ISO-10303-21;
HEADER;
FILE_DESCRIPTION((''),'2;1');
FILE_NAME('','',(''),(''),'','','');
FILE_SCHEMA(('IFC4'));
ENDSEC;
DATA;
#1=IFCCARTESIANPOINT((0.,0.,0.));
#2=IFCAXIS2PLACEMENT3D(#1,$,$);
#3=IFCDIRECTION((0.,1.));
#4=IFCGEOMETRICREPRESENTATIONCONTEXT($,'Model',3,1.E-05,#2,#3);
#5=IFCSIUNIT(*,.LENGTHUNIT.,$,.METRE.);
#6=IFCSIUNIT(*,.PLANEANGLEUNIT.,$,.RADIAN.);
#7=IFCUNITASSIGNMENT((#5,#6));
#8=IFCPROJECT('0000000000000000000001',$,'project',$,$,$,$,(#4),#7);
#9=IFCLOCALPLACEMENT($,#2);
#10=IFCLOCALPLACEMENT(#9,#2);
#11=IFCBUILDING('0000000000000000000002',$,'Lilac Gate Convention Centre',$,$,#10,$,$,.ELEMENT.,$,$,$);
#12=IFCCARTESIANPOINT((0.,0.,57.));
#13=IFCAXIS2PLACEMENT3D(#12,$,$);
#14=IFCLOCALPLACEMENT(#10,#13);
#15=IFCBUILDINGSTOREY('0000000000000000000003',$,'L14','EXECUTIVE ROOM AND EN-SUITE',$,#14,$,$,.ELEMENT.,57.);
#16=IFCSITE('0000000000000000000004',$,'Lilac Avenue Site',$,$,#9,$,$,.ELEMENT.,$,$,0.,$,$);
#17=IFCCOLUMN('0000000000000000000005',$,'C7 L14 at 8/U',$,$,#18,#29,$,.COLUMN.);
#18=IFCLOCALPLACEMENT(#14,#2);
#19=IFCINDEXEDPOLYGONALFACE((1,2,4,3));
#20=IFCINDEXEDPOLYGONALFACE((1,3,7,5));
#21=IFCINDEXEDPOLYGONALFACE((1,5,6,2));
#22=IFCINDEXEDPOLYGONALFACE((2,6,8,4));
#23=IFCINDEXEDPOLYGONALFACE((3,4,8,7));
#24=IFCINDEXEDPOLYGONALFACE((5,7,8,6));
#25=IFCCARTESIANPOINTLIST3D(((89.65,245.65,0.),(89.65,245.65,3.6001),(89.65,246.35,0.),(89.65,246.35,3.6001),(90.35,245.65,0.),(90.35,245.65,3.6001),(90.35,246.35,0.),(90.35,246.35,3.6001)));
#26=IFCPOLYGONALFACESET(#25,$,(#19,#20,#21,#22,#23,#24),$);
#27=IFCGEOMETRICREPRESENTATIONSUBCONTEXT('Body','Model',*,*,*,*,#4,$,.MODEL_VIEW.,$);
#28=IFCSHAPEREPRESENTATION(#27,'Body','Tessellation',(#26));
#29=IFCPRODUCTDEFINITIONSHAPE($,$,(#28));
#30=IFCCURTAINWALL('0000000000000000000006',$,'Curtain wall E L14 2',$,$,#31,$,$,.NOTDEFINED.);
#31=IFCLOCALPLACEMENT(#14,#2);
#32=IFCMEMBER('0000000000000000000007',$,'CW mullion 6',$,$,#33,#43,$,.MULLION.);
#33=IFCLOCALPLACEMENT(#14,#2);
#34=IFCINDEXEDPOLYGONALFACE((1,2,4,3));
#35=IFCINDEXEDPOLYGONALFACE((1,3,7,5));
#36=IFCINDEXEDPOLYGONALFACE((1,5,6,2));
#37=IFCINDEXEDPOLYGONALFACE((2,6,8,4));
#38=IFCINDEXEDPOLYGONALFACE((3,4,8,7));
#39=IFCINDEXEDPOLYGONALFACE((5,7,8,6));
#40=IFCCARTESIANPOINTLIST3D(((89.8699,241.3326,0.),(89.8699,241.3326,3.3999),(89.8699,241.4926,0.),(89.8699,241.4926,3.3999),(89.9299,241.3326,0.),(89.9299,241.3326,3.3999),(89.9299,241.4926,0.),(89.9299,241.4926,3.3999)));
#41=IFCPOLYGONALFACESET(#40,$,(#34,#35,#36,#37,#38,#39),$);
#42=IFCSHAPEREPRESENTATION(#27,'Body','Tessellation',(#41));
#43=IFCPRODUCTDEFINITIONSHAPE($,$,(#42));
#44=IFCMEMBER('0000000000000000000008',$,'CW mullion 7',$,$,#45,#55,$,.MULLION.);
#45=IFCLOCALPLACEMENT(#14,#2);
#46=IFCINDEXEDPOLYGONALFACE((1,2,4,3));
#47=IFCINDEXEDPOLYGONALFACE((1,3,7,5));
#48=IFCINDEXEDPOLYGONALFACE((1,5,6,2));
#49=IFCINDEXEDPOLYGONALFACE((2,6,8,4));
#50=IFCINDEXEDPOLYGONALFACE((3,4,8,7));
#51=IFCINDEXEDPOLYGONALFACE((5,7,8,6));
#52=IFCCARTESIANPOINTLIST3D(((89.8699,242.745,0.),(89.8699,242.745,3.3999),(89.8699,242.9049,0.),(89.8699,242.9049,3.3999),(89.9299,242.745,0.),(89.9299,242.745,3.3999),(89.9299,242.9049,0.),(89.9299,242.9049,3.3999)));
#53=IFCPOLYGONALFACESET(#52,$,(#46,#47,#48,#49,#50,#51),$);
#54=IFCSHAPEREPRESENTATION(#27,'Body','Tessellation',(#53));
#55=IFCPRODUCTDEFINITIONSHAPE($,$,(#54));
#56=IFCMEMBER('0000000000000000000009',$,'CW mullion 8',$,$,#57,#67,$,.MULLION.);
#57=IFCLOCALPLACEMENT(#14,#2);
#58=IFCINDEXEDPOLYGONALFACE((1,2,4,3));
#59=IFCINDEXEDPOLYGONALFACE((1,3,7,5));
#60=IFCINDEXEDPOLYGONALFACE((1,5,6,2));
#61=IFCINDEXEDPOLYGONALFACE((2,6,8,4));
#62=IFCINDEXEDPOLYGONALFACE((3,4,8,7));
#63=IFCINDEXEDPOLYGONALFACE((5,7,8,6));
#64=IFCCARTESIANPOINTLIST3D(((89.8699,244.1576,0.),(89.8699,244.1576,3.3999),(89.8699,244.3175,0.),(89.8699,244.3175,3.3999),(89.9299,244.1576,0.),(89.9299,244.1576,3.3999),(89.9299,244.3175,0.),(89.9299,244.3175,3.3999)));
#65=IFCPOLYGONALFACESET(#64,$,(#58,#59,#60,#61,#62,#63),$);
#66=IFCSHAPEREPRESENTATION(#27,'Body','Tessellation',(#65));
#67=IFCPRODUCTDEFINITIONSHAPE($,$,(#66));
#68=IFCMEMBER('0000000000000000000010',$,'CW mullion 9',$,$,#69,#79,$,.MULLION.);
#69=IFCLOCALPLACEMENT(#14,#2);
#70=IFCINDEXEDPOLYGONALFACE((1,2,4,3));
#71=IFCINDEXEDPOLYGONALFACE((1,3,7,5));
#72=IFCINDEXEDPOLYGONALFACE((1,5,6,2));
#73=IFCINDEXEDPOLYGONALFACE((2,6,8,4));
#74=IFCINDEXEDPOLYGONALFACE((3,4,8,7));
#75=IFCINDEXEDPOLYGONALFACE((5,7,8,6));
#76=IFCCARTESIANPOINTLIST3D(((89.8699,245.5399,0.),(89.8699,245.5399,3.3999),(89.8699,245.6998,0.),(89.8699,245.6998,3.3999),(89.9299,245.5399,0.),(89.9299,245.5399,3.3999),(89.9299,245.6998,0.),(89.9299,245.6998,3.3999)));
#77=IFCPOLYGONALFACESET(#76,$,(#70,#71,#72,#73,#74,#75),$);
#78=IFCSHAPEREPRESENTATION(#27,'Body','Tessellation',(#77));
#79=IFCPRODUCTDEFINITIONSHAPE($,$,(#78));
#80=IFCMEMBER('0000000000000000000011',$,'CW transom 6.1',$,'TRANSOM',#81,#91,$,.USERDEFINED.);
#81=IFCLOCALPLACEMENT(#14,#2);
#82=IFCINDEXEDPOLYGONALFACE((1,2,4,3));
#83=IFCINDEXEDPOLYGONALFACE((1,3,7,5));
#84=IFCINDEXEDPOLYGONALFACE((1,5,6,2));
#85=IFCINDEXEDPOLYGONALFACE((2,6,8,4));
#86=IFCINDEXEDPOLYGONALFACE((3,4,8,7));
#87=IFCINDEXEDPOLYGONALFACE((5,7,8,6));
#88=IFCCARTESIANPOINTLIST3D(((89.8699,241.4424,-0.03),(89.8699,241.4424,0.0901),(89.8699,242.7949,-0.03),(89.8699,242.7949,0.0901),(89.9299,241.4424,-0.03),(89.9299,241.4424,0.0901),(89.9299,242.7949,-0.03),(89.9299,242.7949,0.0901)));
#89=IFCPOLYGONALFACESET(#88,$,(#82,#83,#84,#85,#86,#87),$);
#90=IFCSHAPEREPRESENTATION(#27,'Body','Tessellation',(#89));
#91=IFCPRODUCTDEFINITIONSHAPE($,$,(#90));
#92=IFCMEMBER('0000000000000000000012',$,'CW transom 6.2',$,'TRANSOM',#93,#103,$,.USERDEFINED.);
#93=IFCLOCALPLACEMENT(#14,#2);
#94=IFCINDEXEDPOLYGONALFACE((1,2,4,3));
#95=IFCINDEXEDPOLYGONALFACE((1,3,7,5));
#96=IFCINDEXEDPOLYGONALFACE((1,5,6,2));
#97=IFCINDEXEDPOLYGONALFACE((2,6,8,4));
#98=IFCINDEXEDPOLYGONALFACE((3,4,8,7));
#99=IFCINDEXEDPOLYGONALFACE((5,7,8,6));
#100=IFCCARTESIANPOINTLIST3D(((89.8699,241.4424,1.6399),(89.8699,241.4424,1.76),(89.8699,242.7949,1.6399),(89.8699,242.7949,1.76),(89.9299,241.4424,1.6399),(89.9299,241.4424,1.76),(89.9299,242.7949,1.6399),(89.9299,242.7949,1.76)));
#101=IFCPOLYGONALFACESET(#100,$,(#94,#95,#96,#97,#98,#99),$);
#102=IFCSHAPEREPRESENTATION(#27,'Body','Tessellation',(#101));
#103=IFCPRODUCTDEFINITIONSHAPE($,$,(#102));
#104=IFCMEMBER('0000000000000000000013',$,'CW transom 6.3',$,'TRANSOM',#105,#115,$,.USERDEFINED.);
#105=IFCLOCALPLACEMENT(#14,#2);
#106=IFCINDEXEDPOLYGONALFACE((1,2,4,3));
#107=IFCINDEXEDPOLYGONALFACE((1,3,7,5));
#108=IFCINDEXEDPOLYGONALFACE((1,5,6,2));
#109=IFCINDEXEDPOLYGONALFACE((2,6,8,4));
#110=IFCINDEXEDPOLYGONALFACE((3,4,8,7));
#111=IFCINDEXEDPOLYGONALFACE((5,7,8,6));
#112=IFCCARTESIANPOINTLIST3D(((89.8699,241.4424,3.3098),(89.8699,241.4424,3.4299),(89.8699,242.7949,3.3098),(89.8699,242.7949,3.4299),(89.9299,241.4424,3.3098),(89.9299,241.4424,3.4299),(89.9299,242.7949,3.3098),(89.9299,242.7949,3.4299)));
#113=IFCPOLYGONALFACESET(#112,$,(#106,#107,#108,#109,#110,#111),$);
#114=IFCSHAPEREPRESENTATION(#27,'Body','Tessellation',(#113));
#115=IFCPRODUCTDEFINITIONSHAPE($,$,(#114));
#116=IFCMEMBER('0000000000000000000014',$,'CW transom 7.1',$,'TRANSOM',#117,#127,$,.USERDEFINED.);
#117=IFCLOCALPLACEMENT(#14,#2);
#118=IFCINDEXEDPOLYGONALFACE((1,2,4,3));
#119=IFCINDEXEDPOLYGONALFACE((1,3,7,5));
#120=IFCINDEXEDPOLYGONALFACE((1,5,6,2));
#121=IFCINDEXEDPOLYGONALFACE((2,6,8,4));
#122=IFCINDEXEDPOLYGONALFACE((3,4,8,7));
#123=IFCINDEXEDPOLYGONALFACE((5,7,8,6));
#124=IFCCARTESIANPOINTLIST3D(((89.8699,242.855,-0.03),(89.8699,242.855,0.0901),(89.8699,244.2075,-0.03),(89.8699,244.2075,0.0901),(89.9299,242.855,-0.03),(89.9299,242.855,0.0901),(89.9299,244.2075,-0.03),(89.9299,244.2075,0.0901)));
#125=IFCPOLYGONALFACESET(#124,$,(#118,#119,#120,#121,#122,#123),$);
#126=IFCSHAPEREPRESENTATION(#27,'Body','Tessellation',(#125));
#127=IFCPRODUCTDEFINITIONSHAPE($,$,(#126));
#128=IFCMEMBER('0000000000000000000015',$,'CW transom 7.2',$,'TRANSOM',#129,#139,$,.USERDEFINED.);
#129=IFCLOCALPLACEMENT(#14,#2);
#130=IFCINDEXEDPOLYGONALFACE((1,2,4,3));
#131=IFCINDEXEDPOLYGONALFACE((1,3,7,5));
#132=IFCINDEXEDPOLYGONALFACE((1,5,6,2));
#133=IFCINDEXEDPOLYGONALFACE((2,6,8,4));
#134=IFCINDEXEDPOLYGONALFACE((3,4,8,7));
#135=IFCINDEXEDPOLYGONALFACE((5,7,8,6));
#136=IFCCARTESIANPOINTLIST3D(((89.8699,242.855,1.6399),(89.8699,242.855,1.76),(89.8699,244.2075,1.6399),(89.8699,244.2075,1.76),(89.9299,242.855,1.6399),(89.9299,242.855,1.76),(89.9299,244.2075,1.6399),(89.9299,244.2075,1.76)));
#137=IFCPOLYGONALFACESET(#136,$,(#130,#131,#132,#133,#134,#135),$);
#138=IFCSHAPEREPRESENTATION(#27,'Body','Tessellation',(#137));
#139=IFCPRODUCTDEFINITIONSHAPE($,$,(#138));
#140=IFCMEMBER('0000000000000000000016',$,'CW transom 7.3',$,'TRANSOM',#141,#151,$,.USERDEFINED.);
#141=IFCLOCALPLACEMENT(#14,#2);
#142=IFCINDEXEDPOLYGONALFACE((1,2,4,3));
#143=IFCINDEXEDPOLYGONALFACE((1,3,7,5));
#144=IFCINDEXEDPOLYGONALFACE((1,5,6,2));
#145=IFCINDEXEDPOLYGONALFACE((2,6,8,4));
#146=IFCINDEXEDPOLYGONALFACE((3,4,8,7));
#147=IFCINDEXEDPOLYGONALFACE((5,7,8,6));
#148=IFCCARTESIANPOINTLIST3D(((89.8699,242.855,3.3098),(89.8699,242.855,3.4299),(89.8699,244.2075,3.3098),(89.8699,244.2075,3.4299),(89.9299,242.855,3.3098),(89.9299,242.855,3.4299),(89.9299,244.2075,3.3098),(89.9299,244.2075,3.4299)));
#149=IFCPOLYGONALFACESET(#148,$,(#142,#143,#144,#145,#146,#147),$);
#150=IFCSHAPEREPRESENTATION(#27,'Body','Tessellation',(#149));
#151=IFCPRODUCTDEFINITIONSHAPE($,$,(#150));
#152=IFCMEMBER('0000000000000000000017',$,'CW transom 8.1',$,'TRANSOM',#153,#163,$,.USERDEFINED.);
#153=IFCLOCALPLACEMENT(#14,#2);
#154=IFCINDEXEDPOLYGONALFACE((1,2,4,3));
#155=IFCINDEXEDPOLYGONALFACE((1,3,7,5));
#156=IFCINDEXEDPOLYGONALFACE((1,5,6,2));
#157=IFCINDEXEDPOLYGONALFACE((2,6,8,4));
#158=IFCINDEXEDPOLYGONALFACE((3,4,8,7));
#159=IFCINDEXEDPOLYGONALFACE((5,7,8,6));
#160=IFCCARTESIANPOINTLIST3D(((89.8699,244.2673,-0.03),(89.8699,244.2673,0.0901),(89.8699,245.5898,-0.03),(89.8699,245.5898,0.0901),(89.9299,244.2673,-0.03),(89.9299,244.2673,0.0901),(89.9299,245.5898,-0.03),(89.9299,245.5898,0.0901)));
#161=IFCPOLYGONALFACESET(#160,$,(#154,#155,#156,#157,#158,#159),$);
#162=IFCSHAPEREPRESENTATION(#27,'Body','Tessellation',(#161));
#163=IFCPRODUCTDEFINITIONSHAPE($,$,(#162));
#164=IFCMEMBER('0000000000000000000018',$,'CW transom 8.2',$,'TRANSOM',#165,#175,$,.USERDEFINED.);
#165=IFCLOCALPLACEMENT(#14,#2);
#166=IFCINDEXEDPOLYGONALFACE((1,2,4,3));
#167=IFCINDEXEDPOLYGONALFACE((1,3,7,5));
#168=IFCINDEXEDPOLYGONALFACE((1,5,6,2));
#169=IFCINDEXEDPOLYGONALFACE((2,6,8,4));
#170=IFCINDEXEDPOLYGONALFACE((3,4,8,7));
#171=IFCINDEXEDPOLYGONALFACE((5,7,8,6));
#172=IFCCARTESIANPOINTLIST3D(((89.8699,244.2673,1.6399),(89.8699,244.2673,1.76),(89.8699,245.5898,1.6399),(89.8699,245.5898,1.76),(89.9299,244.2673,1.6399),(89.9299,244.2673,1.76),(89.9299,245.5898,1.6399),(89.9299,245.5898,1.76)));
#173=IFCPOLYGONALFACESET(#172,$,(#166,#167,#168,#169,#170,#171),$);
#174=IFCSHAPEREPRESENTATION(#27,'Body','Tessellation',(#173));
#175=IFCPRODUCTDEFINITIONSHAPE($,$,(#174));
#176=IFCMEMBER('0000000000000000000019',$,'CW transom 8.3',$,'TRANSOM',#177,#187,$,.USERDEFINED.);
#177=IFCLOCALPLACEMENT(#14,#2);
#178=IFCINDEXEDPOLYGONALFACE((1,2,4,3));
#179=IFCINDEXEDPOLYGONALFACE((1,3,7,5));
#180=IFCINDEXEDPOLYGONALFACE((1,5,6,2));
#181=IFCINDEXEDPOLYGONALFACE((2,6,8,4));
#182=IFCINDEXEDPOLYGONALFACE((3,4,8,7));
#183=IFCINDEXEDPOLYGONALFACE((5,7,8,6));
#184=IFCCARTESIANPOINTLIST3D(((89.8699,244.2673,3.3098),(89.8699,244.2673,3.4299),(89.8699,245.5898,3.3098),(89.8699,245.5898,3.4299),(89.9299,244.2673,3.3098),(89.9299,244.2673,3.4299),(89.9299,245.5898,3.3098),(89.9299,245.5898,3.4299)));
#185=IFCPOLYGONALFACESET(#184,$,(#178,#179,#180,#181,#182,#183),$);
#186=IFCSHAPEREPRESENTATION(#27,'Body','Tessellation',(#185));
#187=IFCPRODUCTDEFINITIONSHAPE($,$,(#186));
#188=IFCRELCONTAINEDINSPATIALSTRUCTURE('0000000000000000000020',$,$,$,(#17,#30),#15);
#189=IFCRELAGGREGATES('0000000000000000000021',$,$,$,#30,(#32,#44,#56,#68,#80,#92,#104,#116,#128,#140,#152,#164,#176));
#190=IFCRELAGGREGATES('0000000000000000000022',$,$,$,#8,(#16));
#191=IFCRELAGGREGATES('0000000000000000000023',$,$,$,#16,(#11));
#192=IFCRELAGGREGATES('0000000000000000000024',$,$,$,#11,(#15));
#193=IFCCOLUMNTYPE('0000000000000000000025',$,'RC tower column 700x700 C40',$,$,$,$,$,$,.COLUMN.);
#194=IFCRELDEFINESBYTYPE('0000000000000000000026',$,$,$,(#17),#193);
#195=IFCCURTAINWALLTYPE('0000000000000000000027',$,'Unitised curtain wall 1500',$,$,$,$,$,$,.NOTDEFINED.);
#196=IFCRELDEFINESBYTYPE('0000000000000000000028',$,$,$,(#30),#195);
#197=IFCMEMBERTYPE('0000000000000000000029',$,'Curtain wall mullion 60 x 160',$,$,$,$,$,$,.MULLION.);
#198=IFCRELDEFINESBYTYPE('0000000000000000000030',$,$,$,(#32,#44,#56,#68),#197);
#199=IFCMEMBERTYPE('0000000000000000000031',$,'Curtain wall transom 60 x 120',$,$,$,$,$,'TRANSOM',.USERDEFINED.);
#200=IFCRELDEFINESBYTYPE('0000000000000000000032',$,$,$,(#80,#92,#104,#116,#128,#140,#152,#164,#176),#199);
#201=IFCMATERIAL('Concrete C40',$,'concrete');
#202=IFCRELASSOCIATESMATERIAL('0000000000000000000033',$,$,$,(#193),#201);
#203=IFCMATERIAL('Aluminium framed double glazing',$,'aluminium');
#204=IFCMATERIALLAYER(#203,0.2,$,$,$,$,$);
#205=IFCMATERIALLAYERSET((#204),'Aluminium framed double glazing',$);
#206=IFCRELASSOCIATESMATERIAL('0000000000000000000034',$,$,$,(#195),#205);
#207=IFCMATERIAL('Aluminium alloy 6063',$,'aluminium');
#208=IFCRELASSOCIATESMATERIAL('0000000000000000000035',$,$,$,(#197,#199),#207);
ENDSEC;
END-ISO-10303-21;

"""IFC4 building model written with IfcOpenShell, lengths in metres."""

from ifc_helpers import new_model, si_unit, direction, frame, origin, origin_2d, place, context, subcontext, project, spatial, rectangle, extrude, material, layer, layer_set, material_profile, profile_set, type_object, element, aggregate, save


model = new_model("IFC4")

# Units and contexts
model_context = context("Model", 3, precision=1e-05, world=origin(), true_north=direction((0.0, 1.0)))
body_context = subcontext(model_context, "Body", "Model", "MODEL_VIEW")
ifc_project = project(units=[si_unit("LENGTHUNIT", "METRE"), si_unit("PLANEANGLEUNIT", "RADIAN")], contexts=[model_context])

# Site, building, storey
site_placement = place(None, origin())
site = spatial("IfcSite", under=ifc_project, at=site_placement, Name="Lilac Avenue Site", CompositionType="ELEMENT", RefElevation=0.0)
building_placement = place(site_placement, origin())
building = spatial("IfcBuilding", under=site, at=building_placement, Name="Lilac Gate Convention Centre", CompositionType="ELEMENT")
storey_placement = place(building_placement, frame((0.0, 0.0, 57.0)))
storey = spatial("IfcBuildingStorey", under=building, at=storey_placement, Name="L14", Description="EXECUTIVE ROOM AND EN-SUITE", CompositionType="ELEMENT", Elevation=57.0)

# Column
ifc_material_1 = material(Name="Concrete C40", Category="concrete")
ifc_material_profile_1 = material_profile(ifc_material_1, rectangle(XDim=0.7, YDim=0.7, at=origin_2d()), Name="RC 700x700")
ifc_profile_set_1 = profile_set([ifc_material_profile_1], Name="Concrete C40")
column_type = type_object("IfcColumnType", Name="RC tower column 700x700 C40", PredefinedType="COLUMN", material=ifc_profile_set_1)
column_placement = place(storey_placement, frame((90.0, 246.0, 0.0), z_axis=(0.0, 0.0, 1.0), x_axis=(1.0, 0.0, 0.0)))
element("IfcColumn", 1, at=column_placement, inside=storey, type_object=column_type, Name="C7 L14 at 8/U", PredefinedType="COLUMN", context=body_context, shape_type="SweptSolid", body=[
    extrude(rectangle(XDim=0.7, YDim=0.7, at=origin_2d()), origin(), (0.0, 0.0, 1.0), 3.6001),
])

# Curtain wall, members
ifc_material_2 = material(Name="Aluminium framed double glazing", Category="aluminium")
ifc_layer_1 = layer(ifc_material_2, 0.2)
ifc_layer_set_1 = layer_set([ifc_layer_1], Name="Aluminium framed double glazing")
curtain_wall_type = type_object("IfcCurtainWallType", Name="Unitised curtain wall 1500", PredefinedType="NOTDEFINED", material=ifc_layer_set_1)
curtain_wall_placement = place(storey_placement, origin())
curtain_wall = element("IfcCurtainWall", 2, at=curtain_wall_placement, inside=storey, type_object=curtain_wall_type, Name="Curtain wall E L14 2", PredefinedType="NOTDEFINED")
ifc_material_3 = material(Name="Aluminium alloy 6063", Category="aluminium")
ifc_material_profile_2 = material_profile(ifc_material_3, rectangle(XDim=0.0601, YDim=0.1599, at=origin_2d()), Name="Curtain wall mullion 60 x 160")
ifc_profile_set_2 = profile_set([ifc_material_profile_2], Name="Aluminium alloy 6063")
member_type_1 = type_object("IfcMemberType", Name="Curtain wall mullion 60 x 160", PredefinedType="MULLION", material=ifc_profile_set_2)
member_1_placement = place(storey_placement, frame((89.8999, 241.4126, 0.0), z_axis=(0.0, 0.0, 1.0), x_axis=(-1.0, 0.0, 0.0)))
member_1 = element("IfcMember", 3, at=member_1_placement, type_object=member_type_1, Name="CW mullion 6", PredefinedType="MULLION", context=body_context, shape_type="SweptSolid", body=[
    extrude(rectangle(XDim=0.0601, YDim=0.1599, at=origin_2d()), origin(), (0.0, 0.0, 1.0), 3.3999),
])
member_2_placement = place(storey_placement, frame((89.8999, 242.825, 0.0), z_axis=(0.0, 0.0, 1.0), x_axis=(-1.0, 0.0, 0.0)))
member_2 = element("IfcMember", 4, at=member_2_placement, type_object=member_type_1, Name="CW mullion 7", PredefinedType="MULLION", context=body_context, shape_type="SweptSolid", body=[
    extrude(rectangle(XDim=0.0601, YDim=0.1599, at=origin_2d()), origin(), (0.0, 0.0, 1.0), 3.3999),
])
member_3_placement = place(storey_placement, frame((89.8999, 244.2375, 0.0), z_axis=(0.0, 0.0, 1.0), x_axis=(-1.0, 0.0, 0.0)))
member_3 = element("IfcMember", 5, at=member_3_placement, type_object=member_type_1, Name="CW mullion 8", PredefinedType="MULLION", context=body_context, shape_type="SweptSolid", body=[
    extrude(rectangle(XDim=0.0601, YDim=0.1599, at=origin_2d()), origin(), (0.0, 0.0, 1.0), 3.3999),
])
member_4_placement = place(storey_placement, frame((89.8999, 245.6199, 0.0), z_axis=(0.0, 0.0, 1.0), x_axis=(-1.0, 0.0, 0.0)))
member_4 = element("IfcMember", 6, at=member_4_placement, type_object=member_type_1, Name="CW mullion 9", PredefinedType="MULLION", context=body_context, shape_type="SweptSolid", body=[
    extrude(rectangle(XDim=0.0601, YDim=0.1599, at=origin_2d()), origin(), (0.0, 0.0, 1.0), 3.3999),
])
ifc_material_profile_3 = material_profile(ifc_material_3, rectangle(XDim=0.0601, YDim=0.1201, at=origin_2d()), Name="Curtain wall transom 60 x 120")
ifc_profile_set_3 = profile_set([ifc_material_profile_3], Name="Aluminium alloy 6063")
member_type_2 = type_object("IfcMemberType", Name="Curtain wall transom 60 x 120", ElementType="TRANSOM", PredefinedType="USERDEFINED", material=ifc_profile_set_3)
member_5_placement = place(storey_placement, frame((89.8999, 241.4424, 0.03), z_axis=(0.0, 1.0, 0.0), x_axis=(-1.0, 0.0, 0.0)))
member_5 = element("IfcMember", 7, at=member_5_placement, type_object=member_type_2, Name="CW transom 6.1", ObjectType="TRANSOM", PredefinedType="USERDEFINED", context=body_context, shape_type="SweptSolid", body=[
    extrude(rectangle(XDim=0.0601, YDim=0.1201, at=origin_2d()), origin(), (0.0, 0.0, 1.0), 1.3525),
])
member_6_placement = place(storey_placement, frame((89.8999, 241.4424, 1.7), z_axis=(0.0, 1.0, 0.0), x_axis=(-1.0, 0.0, 0.0)))
member_6 = element("IfcMember", 8, at=member_6_placement, type_object=member_type_2, Name="CW transom 6.2", ObjectType="TRANSOM", PredefinedType="USERDEFINED", context=body_context, shape_type="SweptSolid", body=[
    extrude(rectangle(XDim=0.0601, YDim=0.1201, at=origin_2d()), origin(), (0.0, 0.0, 1.0), 1.3525),
])
member_7_placement = place(storey_placement, frame((89.8999, 241.4424, 3.3699), z_axis=(0.0, 1.0, 0.0), x_axis=(-1.0, 0.0, 0.0)))
member_7 = element("IfcMember", 9, at=member_7_placement, type_object=member_type_2, Name="CW transom 6.3", ObjectType="TRANSOM", PredefinedType="USERDEFINED", context=body_context, shape_type="SweptSolid", body=[
    extrude(rectangle(XDim=0.0601, YDim=0.1201, at=origin_2d()), origin(), (0.0, 0.0, 1.0), 1.3525),
])
member_8_placement = place(storey_placement, frame((89.8999, 242.855, 0.03), z_axis=(0.0, 1.0, 0.0), x_axis=(-1.0, 0.0, 0.0)))
member_8 = element("IfcMember", 10, at=member_8_placement, type_object=member_type_2, Name="CW transom 7.1", ObjectType="TRANSOM", PredefinedType="USERDEFINED", context=body_context, shape_type="SweptSolid", body=[
    extrude(rectangle(XDim=0.0601, YDim=0.1201, at=origin_2d()), origin(), (0.0, 0.0, 1.0), 1.3525),
])
member_9_placement = place(storey_placement, frame((89.8999, 242.855, 1.7), z_axis=(0.0, 1.0, 0.0), x_axis=(-1.0, 0.0, 0.0)))
member_9 = element("IfcMember", 11, at=member_9_placement, type_object=member_type_2, Name="CW transom 7.2", ObjectType="TRANSOM", PredefinedType="USERDEFINED", context=body_context, shape_type="SweptSolid", body=[
    extrude(rectangle(XDim=0.0601, YDim=0.1201, at=origin_2d()), origin(), (0.0, 0.0, 1.0), 1.3525),
])
member_10_placement = place(storey_placement, frame((89.8999, 242.855, 3.3699), z_axis=(0.0, 1.0, 0.0), x_axis=(-1.0, 0.0, 0.0)))
member_10 = element("IfcMember", 12, at=member_10_placement, type_object=member_type_2, Name="CW transom 7.3", ObjectType="TRANSOM", PredefinedType="USERDEFINED", context=body_context, shape_type="SweptSolid", body=[
    extrude(rectangle(XDim=0.0601, YDim=0.1201, at=origin_2d()), origin(), (0.0, 0.0, 1.0), 1.3525),
])
member_11_placement = place(storey_placement, frame((89.8999, 244.2673, 0.03), z_axis=(0.0, 1.0, 0.0), x_axis=(-1.0, 0.0, 0.0)))
member_11 = element("IfcMember", 13, at=member_11_placement, type_object=member_type_2, Name="CW transom 8.1", ObjectType="TRANSOM", PredefinedType="USERDEFINED", context=body_context, shape_type="SweptSolid", body=[
    extrude(rectangle(XDim=0.0601, YDim=0.1201, at=origin_2d()), origin(), (0.0, 0.0, 1.0), 1.3225),
])
member_12_placement = place(storey_placement, frame((89.8999, 244.2673, 1.7), z_axis=(0.0, 1.0, 0.0), x_axis=(-1.0, 0.0, 0.0)))
member_12 = element("IfcMember", 14, at=member_12_placement, type_object=member_type_2, Name="CW transom 8.2", ObjectType="TRANSOM", PredefinedType="USERDEFINED", context=body_context, shape_type="SweptSolid", body=[
    extrude(rectangle(XDim=0.0601, YDim=0.1201, at=origin_2d()), origin(), (0.0, 0.0, 1.0), 1.3225),
])
member_13_placement = place(storey_placement, frame((89.8999, 244.2673, 3.3699), z_axis=(0.0, 1.0, 0.0), x_axis=(-1.0, 0.0, 0.0)))
member_13 = element("IfcMember", 15, at=member_13_placement, type_object=member_type_2, Name="CW transom 8.3", ObjectType="TRANSOM", PredefinedType="USERDEFINED", context=body_context, shape_type="SweptSolid", body=[
    extrude(rectangle(XDim=0.0601, YDim=0.1201, at=origin_2d()), origin(), (0.0, 0.0, 1.0), 1.3225),
])
aggregate(curtain_wall, [member_1, member_2, member_3, member_4, member_5, member_6, member_7, member_8, member_9, member_10, member_11, member_12, member_13])

save(model, "model.ifc")
